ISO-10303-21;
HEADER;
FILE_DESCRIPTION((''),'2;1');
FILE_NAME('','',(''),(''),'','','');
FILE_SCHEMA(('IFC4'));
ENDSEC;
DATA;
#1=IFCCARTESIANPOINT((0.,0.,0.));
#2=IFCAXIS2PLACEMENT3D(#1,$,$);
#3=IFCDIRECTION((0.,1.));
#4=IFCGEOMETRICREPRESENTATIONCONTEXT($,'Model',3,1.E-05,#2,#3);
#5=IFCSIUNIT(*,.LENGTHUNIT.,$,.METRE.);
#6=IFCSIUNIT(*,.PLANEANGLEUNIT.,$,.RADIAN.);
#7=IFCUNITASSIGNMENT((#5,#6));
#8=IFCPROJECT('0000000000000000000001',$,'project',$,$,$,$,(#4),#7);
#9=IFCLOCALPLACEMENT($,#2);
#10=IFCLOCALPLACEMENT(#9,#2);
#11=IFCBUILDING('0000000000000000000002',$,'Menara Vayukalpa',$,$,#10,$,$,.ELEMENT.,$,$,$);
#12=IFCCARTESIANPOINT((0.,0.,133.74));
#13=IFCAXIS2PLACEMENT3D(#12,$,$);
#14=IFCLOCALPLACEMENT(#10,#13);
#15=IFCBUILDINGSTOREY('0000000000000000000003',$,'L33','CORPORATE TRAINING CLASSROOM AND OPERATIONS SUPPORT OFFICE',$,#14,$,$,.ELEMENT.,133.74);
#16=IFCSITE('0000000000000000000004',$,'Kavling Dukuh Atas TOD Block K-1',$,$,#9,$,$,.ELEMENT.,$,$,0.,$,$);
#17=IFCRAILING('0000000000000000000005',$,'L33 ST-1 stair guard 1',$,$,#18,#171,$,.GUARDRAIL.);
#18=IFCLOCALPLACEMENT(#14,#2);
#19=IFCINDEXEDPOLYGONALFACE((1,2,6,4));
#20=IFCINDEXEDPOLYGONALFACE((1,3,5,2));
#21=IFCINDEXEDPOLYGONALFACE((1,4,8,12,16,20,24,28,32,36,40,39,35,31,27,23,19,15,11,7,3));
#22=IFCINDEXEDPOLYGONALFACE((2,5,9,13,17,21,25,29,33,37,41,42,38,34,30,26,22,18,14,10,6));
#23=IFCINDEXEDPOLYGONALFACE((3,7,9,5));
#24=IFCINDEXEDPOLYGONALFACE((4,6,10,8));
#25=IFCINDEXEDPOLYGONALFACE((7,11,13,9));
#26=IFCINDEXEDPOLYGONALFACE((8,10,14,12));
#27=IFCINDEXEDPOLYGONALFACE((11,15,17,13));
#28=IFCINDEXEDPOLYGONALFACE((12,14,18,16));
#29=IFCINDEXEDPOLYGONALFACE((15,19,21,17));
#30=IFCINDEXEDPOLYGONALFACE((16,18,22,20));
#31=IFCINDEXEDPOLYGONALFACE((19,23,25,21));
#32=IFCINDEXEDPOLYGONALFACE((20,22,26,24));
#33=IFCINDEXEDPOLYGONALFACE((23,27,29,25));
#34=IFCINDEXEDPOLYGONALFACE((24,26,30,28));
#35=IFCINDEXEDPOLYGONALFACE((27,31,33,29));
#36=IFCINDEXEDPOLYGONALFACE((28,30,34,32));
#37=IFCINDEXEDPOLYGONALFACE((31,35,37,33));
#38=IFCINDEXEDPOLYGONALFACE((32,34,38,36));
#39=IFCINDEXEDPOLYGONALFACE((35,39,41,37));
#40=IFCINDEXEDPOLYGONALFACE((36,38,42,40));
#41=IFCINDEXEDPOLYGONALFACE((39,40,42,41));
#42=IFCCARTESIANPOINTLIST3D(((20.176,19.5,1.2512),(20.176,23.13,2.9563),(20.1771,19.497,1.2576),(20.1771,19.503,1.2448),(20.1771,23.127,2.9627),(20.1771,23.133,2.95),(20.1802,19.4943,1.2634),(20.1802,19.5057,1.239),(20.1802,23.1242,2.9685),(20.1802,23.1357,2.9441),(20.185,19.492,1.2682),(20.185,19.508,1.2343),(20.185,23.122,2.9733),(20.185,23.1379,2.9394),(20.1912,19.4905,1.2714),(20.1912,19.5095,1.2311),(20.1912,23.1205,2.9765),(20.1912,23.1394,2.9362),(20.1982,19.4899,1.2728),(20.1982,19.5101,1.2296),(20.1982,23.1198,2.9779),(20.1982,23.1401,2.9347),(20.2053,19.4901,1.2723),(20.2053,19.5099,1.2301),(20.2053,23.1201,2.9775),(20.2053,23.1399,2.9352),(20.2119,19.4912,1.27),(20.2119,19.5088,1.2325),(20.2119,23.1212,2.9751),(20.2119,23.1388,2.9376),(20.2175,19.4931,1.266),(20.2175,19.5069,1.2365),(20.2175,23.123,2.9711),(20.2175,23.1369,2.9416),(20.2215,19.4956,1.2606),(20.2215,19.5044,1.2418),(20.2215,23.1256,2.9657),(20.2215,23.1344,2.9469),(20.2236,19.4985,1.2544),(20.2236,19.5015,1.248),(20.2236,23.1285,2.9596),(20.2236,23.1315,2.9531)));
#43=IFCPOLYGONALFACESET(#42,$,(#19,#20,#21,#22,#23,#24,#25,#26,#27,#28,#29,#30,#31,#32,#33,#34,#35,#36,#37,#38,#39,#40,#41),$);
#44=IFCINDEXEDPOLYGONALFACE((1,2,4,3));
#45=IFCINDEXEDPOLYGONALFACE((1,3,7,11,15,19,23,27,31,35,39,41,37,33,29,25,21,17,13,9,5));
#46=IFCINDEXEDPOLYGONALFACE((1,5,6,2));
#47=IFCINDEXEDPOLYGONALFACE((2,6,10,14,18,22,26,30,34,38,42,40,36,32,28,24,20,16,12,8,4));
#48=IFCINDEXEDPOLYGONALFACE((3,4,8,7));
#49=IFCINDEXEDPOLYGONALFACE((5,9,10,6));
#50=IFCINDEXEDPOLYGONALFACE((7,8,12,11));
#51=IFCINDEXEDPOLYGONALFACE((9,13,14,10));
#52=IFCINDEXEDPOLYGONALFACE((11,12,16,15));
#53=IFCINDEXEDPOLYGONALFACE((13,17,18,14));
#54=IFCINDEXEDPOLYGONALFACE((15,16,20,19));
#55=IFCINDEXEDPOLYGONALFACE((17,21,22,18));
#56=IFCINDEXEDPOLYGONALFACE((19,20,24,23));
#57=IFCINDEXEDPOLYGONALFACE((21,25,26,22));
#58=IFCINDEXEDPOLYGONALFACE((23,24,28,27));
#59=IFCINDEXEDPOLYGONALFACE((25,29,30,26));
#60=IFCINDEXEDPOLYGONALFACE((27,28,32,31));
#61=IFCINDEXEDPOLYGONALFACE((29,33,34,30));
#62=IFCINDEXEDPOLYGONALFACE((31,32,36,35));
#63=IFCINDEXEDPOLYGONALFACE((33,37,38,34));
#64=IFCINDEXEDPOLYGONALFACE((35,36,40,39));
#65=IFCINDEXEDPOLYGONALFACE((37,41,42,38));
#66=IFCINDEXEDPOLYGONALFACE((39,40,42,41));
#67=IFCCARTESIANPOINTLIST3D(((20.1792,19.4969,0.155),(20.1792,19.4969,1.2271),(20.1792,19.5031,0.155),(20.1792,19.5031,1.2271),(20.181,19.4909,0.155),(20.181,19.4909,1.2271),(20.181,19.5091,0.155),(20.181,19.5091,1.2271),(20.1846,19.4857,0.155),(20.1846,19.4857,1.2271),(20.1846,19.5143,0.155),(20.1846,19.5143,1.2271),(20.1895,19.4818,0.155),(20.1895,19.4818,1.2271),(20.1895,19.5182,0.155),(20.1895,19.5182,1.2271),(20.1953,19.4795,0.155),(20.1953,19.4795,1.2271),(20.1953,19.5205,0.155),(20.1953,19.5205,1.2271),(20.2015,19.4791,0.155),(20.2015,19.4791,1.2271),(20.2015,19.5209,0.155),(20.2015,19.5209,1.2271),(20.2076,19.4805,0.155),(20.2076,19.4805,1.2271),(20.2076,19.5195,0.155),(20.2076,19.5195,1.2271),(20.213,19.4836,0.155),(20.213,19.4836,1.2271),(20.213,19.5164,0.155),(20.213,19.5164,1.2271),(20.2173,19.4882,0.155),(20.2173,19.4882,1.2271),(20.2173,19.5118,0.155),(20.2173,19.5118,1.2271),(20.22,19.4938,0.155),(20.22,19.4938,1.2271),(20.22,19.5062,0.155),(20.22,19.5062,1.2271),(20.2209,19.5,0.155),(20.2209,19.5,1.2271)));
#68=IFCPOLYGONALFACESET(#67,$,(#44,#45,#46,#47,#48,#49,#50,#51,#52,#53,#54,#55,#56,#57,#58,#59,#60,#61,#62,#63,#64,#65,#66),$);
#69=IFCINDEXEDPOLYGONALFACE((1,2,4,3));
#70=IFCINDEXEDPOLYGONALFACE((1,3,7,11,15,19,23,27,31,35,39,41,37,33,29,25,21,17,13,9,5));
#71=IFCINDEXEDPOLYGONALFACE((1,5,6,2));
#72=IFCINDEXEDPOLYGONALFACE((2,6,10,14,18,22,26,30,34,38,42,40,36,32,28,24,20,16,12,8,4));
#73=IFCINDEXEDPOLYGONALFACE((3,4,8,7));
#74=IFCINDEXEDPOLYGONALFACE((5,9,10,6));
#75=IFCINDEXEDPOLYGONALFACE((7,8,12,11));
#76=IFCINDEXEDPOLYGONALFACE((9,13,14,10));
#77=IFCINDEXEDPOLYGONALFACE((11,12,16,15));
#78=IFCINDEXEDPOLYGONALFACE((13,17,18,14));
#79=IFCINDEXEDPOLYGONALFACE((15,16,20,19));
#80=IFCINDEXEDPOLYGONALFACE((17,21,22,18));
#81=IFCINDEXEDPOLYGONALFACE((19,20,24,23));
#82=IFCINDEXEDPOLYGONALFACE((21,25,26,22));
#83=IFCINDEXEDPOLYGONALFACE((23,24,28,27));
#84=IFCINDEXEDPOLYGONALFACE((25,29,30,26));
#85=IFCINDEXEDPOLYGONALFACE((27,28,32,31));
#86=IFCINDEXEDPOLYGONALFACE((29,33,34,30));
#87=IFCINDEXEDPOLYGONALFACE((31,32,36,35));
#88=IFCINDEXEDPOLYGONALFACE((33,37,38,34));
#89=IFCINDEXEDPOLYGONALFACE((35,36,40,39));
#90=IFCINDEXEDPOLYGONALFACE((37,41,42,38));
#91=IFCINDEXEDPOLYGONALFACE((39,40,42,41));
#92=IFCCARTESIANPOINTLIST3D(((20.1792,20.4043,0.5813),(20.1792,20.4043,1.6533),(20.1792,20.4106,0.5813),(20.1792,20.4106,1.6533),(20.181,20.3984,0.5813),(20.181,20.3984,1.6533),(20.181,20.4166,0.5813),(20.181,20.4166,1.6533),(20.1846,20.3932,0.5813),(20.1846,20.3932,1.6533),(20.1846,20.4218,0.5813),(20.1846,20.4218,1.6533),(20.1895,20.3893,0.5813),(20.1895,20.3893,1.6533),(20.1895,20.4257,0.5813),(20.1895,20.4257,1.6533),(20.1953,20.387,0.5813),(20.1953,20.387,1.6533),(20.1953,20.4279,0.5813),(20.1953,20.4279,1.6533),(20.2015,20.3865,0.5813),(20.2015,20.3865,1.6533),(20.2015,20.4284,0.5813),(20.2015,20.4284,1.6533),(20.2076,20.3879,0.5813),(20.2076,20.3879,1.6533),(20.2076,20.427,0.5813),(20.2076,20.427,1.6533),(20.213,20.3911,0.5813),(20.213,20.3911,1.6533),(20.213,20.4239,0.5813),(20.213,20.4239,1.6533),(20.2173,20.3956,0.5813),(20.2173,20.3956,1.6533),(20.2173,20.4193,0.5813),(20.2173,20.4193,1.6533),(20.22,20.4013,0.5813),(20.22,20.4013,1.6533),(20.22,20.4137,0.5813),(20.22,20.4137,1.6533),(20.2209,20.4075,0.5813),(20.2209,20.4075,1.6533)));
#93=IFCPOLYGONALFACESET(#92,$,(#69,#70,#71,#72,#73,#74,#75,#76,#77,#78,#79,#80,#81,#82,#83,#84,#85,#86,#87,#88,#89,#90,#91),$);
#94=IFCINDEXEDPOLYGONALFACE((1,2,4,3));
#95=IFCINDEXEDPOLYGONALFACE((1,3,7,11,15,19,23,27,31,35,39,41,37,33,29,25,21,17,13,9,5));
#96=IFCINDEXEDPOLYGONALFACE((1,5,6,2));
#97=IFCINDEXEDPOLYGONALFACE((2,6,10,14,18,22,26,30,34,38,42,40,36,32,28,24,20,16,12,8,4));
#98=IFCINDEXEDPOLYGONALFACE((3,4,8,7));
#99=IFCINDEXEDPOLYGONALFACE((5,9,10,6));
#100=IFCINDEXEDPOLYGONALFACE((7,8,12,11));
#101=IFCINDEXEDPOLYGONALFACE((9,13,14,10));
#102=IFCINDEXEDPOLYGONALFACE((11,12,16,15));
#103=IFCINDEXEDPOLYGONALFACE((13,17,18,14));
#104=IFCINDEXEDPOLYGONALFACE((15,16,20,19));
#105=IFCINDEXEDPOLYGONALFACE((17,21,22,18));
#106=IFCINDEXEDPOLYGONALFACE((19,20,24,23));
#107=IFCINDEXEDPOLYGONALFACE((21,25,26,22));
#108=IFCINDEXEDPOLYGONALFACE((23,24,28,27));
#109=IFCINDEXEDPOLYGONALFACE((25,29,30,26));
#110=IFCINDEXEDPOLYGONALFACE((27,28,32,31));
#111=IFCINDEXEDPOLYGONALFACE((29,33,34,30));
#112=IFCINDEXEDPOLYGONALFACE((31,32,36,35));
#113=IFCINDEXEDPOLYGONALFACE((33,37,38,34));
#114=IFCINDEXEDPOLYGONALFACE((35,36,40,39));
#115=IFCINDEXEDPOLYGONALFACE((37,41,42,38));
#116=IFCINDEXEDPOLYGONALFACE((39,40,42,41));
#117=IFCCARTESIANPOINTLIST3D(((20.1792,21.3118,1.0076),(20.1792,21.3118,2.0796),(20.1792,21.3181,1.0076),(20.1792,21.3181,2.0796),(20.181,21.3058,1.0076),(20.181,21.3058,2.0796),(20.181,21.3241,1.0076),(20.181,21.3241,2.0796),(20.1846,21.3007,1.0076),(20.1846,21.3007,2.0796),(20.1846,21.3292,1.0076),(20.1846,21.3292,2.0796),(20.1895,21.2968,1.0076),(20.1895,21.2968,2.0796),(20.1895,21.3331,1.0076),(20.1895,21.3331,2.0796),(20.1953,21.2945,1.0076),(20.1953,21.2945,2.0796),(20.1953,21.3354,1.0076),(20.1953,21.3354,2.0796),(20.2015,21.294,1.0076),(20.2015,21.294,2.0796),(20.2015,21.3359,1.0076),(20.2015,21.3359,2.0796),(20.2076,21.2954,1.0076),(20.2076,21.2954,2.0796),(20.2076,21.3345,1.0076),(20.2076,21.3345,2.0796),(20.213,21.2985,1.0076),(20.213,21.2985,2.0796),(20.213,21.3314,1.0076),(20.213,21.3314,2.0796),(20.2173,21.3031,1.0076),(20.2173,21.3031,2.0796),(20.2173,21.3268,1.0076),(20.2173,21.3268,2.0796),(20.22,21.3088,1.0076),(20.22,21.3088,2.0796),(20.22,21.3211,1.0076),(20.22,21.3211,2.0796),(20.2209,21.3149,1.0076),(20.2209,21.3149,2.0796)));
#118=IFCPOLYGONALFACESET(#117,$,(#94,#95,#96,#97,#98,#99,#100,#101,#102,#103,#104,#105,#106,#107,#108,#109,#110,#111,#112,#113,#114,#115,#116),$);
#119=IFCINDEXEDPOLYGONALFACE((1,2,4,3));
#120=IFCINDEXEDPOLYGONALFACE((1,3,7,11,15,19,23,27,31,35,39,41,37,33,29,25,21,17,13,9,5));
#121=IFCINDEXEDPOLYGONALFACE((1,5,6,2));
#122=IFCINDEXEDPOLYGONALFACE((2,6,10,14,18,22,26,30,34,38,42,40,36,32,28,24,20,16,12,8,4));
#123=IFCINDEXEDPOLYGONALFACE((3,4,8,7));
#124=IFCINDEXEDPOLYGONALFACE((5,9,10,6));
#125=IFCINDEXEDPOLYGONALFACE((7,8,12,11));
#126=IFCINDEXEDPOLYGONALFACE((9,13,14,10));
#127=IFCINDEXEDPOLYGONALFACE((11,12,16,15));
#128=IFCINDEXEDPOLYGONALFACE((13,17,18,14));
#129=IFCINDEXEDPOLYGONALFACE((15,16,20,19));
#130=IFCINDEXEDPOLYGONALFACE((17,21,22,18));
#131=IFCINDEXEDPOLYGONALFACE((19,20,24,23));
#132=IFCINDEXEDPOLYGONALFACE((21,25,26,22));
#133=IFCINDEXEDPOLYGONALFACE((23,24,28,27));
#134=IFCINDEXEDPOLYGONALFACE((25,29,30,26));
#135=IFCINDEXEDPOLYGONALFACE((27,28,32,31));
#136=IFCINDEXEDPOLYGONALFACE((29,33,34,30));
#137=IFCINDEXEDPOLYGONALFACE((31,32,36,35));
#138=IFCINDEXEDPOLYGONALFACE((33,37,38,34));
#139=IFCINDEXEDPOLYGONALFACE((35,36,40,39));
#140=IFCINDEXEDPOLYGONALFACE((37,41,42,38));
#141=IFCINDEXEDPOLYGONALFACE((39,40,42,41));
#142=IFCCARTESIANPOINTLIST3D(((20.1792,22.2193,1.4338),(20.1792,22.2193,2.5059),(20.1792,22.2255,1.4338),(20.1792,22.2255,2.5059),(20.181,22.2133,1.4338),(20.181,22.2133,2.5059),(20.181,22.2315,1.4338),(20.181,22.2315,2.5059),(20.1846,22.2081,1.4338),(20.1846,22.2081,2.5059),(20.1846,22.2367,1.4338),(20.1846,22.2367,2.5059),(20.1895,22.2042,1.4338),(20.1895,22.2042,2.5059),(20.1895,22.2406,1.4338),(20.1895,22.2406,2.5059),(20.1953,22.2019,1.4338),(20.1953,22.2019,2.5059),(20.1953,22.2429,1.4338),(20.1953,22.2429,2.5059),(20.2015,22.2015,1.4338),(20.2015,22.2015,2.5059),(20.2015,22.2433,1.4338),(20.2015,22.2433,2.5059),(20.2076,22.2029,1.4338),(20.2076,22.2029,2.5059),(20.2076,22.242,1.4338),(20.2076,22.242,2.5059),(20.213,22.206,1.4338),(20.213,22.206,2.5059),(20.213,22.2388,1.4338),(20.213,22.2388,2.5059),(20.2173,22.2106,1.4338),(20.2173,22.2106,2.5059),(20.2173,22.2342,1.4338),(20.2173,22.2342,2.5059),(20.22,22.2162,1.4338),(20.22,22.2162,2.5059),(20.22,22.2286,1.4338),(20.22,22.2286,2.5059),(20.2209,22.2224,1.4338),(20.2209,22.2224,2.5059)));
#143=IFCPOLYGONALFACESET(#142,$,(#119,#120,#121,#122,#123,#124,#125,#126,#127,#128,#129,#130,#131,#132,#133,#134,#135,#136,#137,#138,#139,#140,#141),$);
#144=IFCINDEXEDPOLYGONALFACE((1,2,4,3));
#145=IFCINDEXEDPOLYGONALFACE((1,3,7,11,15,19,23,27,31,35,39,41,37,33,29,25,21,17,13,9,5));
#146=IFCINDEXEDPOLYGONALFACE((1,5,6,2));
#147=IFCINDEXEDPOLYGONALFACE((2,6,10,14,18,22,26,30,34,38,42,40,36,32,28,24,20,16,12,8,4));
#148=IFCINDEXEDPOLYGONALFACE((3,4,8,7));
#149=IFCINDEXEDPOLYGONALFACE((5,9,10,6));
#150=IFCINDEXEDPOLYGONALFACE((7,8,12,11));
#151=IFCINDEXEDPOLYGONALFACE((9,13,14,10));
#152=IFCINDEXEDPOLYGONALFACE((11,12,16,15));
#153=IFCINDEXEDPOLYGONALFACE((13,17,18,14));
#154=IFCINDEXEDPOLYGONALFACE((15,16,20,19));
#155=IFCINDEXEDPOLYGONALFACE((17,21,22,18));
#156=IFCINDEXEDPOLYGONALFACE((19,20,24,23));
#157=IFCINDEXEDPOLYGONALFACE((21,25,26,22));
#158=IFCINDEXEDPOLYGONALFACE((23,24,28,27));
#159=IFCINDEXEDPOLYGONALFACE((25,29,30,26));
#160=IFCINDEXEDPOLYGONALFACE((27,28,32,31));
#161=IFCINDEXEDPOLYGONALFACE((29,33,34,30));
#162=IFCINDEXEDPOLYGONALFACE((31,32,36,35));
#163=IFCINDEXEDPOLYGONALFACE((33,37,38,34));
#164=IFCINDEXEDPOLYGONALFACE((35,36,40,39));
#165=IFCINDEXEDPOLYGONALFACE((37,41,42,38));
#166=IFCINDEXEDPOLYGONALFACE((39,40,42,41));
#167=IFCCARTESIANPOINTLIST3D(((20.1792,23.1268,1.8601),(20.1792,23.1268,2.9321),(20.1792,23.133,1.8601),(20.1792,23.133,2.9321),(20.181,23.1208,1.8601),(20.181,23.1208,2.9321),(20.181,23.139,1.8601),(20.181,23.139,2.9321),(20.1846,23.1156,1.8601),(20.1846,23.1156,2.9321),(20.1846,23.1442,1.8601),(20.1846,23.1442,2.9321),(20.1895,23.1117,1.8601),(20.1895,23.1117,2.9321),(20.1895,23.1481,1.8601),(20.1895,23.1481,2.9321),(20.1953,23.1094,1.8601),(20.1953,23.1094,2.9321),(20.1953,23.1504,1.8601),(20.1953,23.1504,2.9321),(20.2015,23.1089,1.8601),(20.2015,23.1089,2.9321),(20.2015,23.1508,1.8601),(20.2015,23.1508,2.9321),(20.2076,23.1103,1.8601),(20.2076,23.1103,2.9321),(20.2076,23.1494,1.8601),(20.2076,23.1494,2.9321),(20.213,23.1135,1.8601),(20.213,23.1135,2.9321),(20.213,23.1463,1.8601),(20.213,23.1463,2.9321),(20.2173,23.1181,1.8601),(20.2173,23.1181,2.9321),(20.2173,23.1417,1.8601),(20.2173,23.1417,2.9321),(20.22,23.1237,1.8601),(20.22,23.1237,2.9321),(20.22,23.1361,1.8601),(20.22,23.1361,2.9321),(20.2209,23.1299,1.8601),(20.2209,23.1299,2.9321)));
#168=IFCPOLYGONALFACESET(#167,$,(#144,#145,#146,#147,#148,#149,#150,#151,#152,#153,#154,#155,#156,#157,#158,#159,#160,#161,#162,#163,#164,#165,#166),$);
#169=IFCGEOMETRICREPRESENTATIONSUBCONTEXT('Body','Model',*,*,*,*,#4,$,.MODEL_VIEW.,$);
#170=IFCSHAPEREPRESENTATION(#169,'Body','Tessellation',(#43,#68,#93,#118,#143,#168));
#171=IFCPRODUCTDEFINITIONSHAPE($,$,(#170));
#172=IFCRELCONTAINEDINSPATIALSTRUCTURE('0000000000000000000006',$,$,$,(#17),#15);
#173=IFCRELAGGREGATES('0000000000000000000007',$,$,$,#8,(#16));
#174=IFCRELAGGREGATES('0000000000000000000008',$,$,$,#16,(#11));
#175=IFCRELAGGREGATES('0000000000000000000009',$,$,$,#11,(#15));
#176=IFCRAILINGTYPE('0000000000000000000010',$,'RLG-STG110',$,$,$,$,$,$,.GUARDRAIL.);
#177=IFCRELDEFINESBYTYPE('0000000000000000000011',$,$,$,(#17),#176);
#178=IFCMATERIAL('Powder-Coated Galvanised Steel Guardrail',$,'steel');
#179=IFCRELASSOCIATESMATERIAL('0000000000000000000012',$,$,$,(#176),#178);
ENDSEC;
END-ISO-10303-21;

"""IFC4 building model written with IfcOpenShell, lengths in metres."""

from ifc_helpers import new_model, si_unit, direction, frame, origin, origin_2d, place, context, subcontext, project, spatial, circle, extrude, material, type_object, element, save


model = new_model("IFC4")

# Units and contexts
model_context = context("Model", 3, precision=1e-05, world=origin(), true_north=direction((0.0, 1.0)))
body_context = subcontext(model_context, "Body", "Model", "MODEL_VIEW")
ifc_project = project(units=[si_unit("LENGTHUNIT", "METRE"), si_unit("PLANEANGLEUNIT", "RADIAN")], contexts=[model_context])

# Site, building, storey
site_placement = place(None, origin())
site = spatial("IfcSite", under=ifc_project, at=site_placement, Name="Kavling Dukuh Atas TOD Block K-1", CompositionType="ELEMENT", RefElevation=0.0)
building_placement = place(site_placement, origin())
building = spatial("IfcBuilding", under=site, at=building_placement, Name="Menara Vayukalpa", CompositionType="ELEMENT")
storey_placement = place(building_placement, frame((0.0, 0.0, 133.74)))
storey = spatial("IfcBuildingStorey", under=building, at=storey_placement, Name="L33", Description="CORPORATE TRAINING CLASSROOM AND OPERATIONS SUPPORT OFFICE", CompositionType="ELEMENT", Elevation=133.74)

# Railing
ifc_material_1 = material(Name="Powder-Coated Galvanised Steel Guardrail", Category="steel")
railing_type_1 = type_object("IfcRailingType", Name="RLG-STG110", PredefinedType="GUARDRAIL", material=ifc_material_1)
railing_1_placement = place(storey_placement, frame((20.2, 19.5, 0.155)))
element("IfcRailing", 1, at=railing_1_placement, inside=storey, type_object=railing_type_1, Name="L33 ST-1 stair guard 1", PredefinedType="GUARDRAIL", context=body_context, shape_type="SweptSolid", body=[
    extrude(circle(Radius=0.0239, at=origin_2d()), frame((0.0, 0.0, 1.0962), z_axis=(0.0, 0.905116, 0.425164), x_axis=(-1.0, 0.0, 0.0)), (0.0, 0.0, 1.0), 4.0105),
    extrude(circle(Radius=0.021, at=origin_2d()), origin(), (0.0, 0.0, 1.0), 1.072),
    extrude(circle(Radius=0.021, at=origin_2d()), frame((0.0, 0.9075, 0.4263)), (0.0, 0.0, 1.0), 1.072),
    extrude(circle(Radius=0.021, at=origin_2d()), frame((0.0, 1.8149, 0.8525)), (0.0, 0.0, 1.0), 1.072),
    extrude(circle(Radius=0.021, at=origin_2d()), frame((0.0, 2.7224, 1.2788)), (0.0, 0.0, 1.0), 1.072),
    extrude(circle(Radius=0.021, at=origin_2d()), frame((0.0, 3.6299, 1.7051)), (0.0, 0.0, 1.0), 1.072),
])

save(model, "model.ifc")
